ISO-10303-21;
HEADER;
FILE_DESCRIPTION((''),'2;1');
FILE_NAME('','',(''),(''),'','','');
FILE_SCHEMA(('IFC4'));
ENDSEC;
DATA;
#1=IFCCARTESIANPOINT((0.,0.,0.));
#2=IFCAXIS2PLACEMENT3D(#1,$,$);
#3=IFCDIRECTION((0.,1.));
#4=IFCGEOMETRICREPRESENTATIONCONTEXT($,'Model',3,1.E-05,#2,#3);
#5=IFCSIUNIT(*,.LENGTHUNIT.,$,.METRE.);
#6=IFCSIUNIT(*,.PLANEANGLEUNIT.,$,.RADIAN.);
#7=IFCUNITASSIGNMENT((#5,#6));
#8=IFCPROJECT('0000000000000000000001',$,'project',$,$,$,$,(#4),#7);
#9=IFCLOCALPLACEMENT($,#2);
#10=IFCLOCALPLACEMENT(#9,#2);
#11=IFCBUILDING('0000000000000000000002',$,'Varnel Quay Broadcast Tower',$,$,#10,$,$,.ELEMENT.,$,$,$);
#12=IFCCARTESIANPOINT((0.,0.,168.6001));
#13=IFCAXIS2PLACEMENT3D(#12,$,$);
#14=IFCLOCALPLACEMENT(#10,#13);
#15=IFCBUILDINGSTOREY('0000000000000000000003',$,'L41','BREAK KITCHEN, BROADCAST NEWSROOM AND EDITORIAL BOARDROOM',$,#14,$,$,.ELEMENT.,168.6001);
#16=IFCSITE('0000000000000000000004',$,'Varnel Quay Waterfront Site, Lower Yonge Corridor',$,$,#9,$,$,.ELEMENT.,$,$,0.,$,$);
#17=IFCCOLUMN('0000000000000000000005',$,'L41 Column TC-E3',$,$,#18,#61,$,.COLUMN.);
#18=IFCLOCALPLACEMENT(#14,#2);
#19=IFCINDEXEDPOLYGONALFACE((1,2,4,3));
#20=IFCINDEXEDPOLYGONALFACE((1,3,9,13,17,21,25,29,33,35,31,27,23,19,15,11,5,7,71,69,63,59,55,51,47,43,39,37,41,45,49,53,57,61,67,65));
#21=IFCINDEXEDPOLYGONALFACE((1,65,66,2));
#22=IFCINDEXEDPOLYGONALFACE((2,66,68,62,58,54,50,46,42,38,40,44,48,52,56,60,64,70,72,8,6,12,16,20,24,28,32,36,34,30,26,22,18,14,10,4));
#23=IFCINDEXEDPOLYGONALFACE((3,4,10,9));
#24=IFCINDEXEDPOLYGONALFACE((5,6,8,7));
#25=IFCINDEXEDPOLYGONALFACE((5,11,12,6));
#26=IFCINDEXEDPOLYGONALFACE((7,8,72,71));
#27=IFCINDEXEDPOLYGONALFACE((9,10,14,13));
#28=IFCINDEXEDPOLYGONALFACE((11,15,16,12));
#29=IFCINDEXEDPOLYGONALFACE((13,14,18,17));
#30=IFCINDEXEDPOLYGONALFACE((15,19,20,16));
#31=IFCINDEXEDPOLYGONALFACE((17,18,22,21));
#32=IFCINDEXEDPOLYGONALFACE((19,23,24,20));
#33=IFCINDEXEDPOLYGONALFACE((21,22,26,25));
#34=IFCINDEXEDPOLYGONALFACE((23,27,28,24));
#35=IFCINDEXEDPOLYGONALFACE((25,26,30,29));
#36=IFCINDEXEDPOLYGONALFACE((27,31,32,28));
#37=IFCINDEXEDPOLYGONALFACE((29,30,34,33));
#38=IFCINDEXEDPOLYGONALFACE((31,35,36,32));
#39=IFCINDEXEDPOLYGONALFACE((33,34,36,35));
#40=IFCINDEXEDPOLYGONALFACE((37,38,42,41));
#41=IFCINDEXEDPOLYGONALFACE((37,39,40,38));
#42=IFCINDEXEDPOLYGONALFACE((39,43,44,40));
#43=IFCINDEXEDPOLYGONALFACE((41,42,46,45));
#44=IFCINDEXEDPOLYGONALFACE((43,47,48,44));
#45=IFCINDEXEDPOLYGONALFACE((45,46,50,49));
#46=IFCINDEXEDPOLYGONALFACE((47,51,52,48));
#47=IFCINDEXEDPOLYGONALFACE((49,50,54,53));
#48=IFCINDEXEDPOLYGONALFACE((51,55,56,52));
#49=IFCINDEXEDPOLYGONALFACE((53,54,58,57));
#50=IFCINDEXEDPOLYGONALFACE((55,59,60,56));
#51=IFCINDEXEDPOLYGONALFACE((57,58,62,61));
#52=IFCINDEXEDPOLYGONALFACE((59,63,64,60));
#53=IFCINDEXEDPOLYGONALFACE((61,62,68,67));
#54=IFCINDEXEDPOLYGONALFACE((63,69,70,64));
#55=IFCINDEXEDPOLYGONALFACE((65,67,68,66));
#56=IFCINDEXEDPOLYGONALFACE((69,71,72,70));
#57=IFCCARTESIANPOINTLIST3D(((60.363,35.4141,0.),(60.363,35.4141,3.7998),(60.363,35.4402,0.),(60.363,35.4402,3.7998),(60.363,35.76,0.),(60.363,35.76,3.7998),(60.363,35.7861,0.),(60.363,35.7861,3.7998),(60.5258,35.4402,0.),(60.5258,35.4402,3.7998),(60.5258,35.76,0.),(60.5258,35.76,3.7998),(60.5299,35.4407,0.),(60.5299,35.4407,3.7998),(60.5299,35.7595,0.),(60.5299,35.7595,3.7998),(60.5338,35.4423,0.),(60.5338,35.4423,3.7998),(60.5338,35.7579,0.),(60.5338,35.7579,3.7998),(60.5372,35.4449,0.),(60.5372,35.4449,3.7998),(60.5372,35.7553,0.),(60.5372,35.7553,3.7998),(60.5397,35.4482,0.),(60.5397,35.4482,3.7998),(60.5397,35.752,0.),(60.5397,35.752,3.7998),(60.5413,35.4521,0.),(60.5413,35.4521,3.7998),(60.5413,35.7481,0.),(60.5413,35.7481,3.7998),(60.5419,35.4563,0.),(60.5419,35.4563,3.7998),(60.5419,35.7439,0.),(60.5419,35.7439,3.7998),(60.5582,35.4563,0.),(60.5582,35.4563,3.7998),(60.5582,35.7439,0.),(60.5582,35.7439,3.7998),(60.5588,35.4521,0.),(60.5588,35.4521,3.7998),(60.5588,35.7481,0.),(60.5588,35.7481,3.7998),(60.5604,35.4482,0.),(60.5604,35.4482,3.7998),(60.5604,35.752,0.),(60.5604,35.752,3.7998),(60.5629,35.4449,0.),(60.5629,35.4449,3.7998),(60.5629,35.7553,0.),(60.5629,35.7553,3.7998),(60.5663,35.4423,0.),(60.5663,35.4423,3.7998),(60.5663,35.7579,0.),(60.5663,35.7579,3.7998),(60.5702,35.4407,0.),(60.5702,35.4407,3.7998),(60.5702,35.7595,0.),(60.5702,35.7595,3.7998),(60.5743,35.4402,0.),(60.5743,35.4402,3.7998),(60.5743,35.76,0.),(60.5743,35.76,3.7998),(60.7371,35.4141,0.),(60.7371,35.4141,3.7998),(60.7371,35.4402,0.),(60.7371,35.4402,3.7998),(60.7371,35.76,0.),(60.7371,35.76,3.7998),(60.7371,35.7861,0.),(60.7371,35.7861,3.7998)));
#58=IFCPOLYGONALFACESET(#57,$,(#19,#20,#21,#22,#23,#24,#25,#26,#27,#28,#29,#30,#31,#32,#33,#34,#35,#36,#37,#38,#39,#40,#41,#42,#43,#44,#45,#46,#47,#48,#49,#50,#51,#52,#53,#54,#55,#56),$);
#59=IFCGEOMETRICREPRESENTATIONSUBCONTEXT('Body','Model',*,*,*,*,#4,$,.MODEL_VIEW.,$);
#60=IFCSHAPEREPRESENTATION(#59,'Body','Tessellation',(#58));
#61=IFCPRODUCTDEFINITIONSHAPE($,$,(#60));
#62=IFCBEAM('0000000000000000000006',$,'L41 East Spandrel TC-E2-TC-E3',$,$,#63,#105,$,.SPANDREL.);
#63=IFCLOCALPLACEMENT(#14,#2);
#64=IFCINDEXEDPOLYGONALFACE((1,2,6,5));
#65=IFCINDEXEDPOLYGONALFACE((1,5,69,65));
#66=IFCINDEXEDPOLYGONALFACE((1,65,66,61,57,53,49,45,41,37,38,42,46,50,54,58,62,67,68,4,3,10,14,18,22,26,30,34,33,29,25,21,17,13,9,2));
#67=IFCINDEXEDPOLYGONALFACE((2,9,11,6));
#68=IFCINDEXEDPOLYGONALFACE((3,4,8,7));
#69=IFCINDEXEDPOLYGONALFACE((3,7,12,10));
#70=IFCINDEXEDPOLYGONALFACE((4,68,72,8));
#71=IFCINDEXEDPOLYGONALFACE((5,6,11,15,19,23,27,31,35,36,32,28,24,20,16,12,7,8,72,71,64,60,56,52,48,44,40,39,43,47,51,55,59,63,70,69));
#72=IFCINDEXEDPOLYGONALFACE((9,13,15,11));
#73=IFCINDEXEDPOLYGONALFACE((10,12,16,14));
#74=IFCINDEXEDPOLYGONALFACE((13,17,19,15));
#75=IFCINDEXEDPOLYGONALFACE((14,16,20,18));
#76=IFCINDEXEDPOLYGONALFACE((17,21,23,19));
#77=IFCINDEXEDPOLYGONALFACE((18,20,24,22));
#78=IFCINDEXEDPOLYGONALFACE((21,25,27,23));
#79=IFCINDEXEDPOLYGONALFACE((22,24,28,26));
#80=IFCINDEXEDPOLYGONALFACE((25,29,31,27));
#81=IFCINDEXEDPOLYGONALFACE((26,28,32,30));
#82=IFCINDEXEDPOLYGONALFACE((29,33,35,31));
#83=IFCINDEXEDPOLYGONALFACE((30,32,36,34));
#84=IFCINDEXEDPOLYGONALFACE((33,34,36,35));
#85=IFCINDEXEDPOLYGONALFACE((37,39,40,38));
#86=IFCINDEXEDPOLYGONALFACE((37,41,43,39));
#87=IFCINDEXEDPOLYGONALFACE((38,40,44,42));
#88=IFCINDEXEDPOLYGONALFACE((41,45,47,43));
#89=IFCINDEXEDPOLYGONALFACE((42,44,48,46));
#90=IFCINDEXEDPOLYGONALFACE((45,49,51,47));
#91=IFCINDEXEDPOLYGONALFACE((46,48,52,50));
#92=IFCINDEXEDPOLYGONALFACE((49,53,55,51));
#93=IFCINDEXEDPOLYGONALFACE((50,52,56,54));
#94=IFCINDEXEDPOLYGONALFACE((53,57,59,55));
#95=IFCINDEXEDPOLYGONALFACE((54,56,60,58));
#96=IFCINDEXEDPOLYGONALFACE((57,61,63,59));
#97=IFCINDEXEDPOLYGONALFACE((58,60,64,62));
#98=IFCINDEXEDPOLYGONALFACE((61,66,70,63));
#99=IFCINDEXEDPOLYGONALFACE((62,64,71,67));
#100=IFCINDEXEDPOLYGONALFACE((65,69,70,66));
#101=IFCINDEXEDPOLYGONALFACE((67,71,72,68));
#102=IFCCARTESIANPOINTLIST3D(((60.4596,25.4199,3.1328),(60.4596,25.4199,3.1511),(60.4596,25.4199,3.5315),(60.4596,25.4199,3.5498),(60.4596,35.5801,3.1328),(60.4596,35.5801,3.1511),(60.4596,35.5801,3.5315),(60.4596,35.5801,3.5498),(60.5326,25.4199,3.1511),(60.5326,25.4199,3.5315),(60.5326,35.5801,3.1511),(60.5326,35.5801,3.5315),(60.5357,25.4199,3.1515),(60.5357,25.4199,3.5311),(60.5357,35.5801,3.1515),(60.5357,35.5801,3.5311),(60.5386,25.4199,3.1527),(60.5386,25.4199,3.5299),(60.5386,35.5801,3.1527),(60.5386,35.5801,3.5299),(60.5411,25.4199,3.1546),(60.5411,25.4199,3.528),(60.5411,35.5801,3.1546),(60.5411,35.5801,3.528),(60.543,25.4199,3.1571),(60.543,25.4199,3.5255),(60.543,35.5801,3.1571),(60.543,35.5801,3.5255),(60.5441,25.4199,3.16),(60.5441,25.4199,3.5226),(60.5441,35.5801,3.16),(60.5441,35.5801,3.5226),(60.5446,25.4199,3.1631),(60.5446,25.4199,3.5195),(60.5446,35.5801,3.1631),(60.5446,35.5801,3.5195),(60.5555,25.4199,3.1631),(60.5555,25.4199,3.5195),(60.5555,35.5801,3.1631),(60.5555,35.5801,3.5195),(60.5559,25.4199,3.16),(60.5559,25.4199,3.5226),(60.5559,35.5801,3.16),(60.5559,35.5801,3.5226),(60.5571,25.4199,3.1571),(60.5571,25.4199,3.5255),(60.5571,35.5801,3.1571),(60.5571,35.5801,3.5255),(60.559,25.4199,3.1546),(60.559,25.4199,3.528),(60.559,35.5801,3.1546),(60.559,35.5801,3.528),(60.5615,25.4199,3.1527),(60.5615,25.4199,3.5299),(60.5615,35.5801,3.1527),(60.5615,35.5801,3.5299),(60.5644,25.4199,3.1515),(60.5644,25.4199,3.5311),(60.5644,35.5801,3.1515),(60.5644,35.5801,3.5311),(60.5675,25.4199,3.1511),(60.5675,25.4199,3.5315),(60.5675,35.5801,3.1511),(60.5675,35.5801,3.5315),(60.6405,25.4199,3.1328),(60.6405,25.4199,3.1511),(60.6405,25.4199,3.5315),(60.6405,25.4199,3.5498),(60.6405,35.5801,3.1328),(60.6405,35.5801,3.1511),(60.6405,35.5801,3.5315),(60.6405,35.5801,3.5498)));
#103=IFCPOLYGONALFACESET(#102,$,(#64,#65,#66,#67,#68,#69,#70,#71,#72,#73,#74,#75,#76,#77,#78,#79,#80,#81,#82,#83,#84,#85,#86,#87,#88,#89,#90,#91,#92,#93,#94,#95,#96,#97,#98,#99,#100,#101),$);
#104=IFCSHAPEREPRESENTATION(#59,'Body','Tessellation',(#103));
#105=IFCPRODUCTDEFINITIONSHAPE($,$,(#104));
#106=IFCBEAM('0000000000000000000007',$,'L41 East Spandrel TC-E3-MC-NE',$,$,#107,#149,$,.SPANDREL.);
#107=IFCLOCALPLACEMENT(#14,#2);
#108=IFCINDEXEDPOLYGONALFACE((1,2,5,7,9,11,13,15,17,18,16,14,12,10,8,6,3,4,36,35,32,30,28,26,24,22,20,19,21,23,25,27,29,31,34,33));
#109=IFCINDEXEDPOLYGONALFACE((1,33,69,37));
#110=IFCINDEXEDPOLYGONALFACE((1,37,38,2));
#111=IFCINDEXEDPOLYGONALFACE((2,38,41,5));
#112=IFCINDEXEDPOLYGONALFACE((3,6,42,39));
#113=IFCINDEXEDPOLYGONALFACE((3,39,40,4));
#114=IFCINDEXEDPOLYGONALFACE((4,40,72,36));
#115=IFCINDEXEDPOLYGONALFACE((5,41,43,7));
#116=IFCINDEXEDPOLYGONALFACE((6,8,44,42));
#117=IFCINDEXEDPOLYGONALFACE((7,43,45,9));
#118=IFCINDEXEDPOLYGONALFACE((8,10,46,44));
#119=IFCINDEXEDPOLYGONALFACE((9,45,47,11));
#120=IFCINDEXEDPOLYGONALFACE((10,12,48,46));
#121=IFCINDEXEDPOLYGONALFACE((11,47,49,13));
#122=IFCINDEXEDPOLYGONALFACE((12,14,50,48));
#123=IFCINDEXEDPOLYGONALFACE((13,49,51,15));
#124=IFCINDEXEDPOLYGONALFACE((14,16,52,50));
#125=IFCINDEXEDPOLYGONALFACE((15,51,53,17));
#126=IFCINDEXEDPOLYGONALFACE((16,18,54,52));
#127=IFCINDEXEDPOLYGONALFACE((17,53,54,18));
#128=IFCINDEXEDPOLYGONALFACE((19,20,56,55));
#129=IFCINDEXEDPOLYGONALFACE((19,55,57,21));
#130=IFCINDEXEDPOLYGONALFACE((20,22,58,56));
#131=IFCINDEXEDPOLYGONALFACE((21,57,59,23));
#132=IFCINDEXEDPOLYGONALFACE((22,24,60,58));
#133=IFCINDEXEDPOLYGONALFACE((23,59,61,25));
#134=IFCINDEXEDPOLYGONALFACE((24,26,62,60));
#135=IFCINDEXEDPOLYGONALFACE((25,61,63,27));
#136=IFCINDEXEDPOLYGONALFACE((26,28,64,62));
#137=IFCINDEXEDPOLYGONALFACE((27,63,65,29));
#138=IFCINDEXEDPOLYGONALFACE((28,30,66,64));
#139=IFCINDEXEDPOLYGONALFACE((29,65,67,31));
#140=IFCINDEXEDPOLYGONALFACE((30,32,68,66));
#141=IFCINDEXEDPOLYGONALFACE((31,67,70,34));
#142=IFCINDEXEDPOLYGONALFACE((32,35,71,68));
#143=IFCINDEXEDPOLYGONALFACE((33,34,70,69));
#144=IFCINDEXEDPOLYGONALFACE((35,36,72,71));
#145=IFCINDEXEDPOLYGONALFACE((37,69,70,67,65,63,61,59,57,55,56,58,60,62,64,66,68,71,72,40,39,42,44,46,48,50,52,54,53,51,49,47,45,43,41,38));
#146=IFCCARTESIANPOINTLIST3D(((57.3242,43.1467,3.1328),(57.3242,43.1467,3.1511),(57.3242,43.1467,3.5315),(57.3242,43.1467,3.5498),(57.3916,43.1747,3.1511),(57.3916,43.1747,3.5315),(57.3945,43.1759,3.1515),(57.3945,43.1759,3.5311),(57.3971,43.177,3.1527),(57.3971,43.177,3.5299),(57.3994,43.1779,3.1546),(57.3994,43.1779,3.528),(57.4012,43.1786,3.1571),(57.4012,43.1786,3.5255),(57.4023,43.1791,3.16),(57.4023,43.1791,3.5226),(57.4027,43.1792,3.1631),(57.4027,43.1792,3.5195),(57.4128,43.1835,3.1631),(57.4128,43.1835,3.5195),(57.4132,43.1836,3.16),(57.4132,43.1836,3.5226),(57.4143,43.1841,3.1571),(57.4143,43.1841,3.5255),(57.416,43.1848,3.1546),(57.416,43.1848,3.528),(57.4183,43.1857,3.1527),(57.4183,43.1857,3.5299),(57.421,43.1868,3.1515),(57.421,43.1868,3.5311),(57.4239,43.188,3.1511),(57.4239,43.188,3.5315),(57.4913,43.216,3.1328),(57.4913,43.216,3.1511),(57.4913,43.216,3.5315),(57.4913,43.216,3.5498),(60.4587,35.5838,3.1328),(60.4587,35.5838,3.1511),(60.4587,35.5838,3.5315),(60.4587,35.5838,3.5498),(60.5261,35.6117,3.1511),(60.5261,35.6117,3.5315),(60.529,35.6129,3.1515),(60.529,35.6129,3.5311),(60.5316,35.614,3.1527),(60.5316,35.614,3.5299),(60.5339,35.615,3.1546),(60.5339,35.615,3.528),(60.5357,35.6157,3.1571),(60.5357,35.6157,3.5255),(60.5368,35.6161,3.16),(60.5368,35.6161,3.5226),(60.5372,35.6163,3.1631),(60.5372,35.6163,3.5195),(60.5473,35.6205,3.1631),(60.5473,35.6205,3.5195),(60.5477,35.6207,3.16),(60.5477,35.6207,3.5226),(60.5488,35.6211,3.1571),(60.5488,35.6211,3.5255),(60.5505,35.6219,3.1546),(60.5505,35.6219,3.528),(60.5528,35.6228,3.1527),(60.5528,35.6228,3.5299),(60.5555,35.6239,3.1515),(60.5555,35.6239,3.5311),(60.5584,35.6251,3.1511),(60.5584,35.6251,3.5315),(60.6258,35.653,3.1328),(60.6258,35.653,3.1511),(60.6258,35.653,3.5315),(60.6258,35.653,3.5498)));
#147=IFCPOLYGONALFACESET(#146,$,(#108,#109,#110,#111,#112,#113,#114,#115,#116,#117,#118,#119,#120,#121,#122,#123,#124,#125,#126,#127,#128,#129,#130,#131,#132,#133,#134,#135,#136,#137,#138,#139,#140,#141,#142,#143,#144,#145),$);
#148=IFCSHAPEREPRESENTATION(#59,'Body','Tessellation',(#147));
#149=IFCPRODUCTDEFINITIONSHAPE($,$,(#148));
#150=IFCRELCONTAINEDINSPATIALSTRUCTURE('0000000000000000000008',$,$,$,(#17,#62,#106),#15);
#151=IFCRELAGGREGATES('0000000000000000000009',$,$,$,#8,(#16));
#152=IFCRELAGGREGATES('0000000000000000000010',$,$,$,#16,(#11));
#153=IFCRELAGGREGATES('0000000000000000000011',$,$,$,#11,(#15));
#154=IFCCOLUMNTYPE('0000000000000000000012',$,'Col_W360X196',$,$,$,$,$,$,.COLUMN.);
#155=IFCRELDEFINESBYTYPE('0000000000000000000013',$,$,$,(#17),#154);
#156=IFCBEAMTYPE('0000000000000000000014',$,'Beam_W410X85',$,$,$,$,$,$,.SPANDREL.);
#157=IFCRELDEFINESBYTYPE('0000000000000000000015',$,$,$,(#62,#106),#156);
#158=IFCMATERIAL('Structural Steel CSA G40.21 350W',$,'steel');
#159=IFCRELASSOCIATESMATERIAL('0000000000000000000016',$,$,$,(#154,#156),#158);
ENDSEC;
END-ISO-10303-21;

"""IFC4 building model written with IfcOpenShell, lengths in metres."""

from ifc_helpers import new_model, si_unit, direction, frame, origin, origin_2d, place, context, subcontext, project, spatial, i_section, extrude, source, transform, mapped, material, material_profile, profile_set, type_object, type_shapes, element, save


model = new_model("IFC4")

# Units and contexts
model_context = context("Model", 3, precision=1e-05, world=origin(), true_north=direction((0.0, 1.0)))
body_context = subcontext(model_context, "Body", "Model", "MODEL_VIEW")
ifc_project = project(units=[si_unit("LENGTHUNIT", "METRE"), si_unit("PLANEANGLEUNIT", "RADIAN")], contexts=[model_context])

# Site, building, storey
site_placement = place(None, origin())
site = spatial("IfcSite", under=ifc_project, at=site_placement, Name="Varnel Quay Waterfront Site, Lower Yonge Corridor", CompositionType="ELEMENT", RefElevation=0.0)
building_placement = place(site_placement, origin())
building = spatial("IfcBuilding", under=site, at=building_placement, Name="Varnel Quay Broadcast Tower", CompositionType="ELEMENT")
storey_placement = place(building_placement, frame((0.0, 0.0, 168.6001)))
storey = spatial("IfcBuildingStorey", under=building, at=storey_placement, Name="L41", Description="BREAK KITCHEN, BROADCAST NEWSROOM AND EDITORIAL BOARDROOM", CompositionType="ELEMENT", Elevation=168.6001)

# Column
ifc_material_1 = material(Name="Structural Steel CSA G40.21 350W", Category="steel")
ifc_material_profile_1 = material_profile(ifc_material_1, i_section(OverallWidth=0.374, OverallDepth=0.3721, WebThickness=0.0164, FlangeThickness=0.0261, FilletRadius=0.0161, at=origin_2d()), Name="W360X196")
ifc_profile_set_1 = profile_set([ifc_material_profile_1], Name="Structural Steel CSA G40.21 350W")
column_type_1 = type_object("IfcColumnType", Name="Col_W360X196", PredefinedType="COLUMN", material=ifc_profile_set_1)
shared_shape_1 = source(origin(), body_context, "Body", "SweptSolid", [
    extrude(i_section(OverallWidth=0.374, OverallDepth=0.3721, WebThickness=0.0164, FlangeThickness=0.0261, FilletRadius=0.0161, at=origin_2d()), origin(), (0.0, 0.0, 1.0), 3.7998),
])
type_shapes(column_type_1, [shared_shape_1])
for number, where, z_axis, x_axis, name in (
    (1, (60.55, 35.6001, 0.0), (0.0, 0.0, 1.0), (1.0, 0.0, 0.0), "L41 Column TC-E3"),
):
    element("IfcColumn", number, at=place(storey_placement, frame(where, z_axis=z_axis, x_axis=x_axis)), inside=storey, type_object=column_type_1, Name=name, PredefinedType="COLUMN", context=body_context, shape_type="MappedRepresentation", body=[
        mapped(shared_shape_1, transform((0.0, 0.0, 0.0), x_axis=(1.0, 0.0, 0.0), y_axis=(0.0, 1.0, 0.0), z_axis=(0.0, 0.0, 1.0), scale=1.0)),
    ])

# Beams
ifc_material_profile_2 = material_profile(ifc_material_1, i_section(OverallWidth=0.1809, OverallDepth=0.417, WebThickness=0.011, FlangeThickness=0.0183, FilletRadius=0.012, at=origin_2d()), Name="W410X85")
ifc_profile_set_2 = profile_set([ifc_material_profile_2], Name="Structural Steel CSA G40.21 350W")
beam_type_1 = type_object("IfcBeamType", Name="Beam_W410X85", PredefinedType="SPANDREL", material=ifc_profile_set_2)
shared_shape_2 = source(origin(), body_context, "Body", "SweptSolid", [
    extrude(i_section(OverallWidth=0.1809, OverallDepth=0.417, WebThickness=0.011, FlangeThickness=0.0183, FilletRadius=0.012, at=origin_2d()), origin(), (0.0, 0.0, 1.0), 10.1602),
])
beam_1_placement = place(storey_placement, frame((60.55, 25.4199, 3.3413), z_axis=(0.0, 1.0, 0.0), x_axis=(-1.0, 0.0, 0.0)))
element("IfcBeam", 2, at=beam_1_placement, inside=storey, type_object=beam_type_1, Name="L41 East Spandrel TC-E2-TC-E3", PredefinedType="SPANDREL", context=body_context, shape_type="MappedRepresentation", body=[
    mapped(shared_shape_2, transform((0.0, 0.0, 0.0), x_axis=(1.0, 0.0, 0.0), y_axis=(0.0, 1.0, 0.0), z_axis=(0.0, 0.0, 1.0), scale=1.0)),
])
shared_shape_3 = source(origin(), body_context, "Body", "SweptSolid", [
    extrude(i_section(OverallWidth=0.1809, OverallDepth=0.417, WebThickness=0.011, FlangeThickness=0.0183, FilletRadius=0.012, at=origin_2d()), origin(), (0.0, 0.0, 1.0), 8.1868),
])
beam_2_placement = place(storey_placement, frame((60.5422, 35.6184, 3.3413), z_axis=(-0.382874, 0.923801, 0.0), x_axis=(-0.923801, -0.382874, 0.0)))
element("IfcBeam", 3, at=beam_2_placement, inside=storey, type_object=beam_type_1, Name="L41 East Spandrel TC-E3-MC-NE", PredefinedType="SPANDREL", context=body_context, shape_type="MappedRepresentation", body=[
    mapped(shared_shape_3, transform((0.0, 0.0, 0.0), x_axis=(1.0, 0.0, 0.0), y_axis=(0.0, 1.0, 0.0), z_axis=(0.0, 0.0, 1.0), scale=1.0)),
])

save(model, "model.ifc")
